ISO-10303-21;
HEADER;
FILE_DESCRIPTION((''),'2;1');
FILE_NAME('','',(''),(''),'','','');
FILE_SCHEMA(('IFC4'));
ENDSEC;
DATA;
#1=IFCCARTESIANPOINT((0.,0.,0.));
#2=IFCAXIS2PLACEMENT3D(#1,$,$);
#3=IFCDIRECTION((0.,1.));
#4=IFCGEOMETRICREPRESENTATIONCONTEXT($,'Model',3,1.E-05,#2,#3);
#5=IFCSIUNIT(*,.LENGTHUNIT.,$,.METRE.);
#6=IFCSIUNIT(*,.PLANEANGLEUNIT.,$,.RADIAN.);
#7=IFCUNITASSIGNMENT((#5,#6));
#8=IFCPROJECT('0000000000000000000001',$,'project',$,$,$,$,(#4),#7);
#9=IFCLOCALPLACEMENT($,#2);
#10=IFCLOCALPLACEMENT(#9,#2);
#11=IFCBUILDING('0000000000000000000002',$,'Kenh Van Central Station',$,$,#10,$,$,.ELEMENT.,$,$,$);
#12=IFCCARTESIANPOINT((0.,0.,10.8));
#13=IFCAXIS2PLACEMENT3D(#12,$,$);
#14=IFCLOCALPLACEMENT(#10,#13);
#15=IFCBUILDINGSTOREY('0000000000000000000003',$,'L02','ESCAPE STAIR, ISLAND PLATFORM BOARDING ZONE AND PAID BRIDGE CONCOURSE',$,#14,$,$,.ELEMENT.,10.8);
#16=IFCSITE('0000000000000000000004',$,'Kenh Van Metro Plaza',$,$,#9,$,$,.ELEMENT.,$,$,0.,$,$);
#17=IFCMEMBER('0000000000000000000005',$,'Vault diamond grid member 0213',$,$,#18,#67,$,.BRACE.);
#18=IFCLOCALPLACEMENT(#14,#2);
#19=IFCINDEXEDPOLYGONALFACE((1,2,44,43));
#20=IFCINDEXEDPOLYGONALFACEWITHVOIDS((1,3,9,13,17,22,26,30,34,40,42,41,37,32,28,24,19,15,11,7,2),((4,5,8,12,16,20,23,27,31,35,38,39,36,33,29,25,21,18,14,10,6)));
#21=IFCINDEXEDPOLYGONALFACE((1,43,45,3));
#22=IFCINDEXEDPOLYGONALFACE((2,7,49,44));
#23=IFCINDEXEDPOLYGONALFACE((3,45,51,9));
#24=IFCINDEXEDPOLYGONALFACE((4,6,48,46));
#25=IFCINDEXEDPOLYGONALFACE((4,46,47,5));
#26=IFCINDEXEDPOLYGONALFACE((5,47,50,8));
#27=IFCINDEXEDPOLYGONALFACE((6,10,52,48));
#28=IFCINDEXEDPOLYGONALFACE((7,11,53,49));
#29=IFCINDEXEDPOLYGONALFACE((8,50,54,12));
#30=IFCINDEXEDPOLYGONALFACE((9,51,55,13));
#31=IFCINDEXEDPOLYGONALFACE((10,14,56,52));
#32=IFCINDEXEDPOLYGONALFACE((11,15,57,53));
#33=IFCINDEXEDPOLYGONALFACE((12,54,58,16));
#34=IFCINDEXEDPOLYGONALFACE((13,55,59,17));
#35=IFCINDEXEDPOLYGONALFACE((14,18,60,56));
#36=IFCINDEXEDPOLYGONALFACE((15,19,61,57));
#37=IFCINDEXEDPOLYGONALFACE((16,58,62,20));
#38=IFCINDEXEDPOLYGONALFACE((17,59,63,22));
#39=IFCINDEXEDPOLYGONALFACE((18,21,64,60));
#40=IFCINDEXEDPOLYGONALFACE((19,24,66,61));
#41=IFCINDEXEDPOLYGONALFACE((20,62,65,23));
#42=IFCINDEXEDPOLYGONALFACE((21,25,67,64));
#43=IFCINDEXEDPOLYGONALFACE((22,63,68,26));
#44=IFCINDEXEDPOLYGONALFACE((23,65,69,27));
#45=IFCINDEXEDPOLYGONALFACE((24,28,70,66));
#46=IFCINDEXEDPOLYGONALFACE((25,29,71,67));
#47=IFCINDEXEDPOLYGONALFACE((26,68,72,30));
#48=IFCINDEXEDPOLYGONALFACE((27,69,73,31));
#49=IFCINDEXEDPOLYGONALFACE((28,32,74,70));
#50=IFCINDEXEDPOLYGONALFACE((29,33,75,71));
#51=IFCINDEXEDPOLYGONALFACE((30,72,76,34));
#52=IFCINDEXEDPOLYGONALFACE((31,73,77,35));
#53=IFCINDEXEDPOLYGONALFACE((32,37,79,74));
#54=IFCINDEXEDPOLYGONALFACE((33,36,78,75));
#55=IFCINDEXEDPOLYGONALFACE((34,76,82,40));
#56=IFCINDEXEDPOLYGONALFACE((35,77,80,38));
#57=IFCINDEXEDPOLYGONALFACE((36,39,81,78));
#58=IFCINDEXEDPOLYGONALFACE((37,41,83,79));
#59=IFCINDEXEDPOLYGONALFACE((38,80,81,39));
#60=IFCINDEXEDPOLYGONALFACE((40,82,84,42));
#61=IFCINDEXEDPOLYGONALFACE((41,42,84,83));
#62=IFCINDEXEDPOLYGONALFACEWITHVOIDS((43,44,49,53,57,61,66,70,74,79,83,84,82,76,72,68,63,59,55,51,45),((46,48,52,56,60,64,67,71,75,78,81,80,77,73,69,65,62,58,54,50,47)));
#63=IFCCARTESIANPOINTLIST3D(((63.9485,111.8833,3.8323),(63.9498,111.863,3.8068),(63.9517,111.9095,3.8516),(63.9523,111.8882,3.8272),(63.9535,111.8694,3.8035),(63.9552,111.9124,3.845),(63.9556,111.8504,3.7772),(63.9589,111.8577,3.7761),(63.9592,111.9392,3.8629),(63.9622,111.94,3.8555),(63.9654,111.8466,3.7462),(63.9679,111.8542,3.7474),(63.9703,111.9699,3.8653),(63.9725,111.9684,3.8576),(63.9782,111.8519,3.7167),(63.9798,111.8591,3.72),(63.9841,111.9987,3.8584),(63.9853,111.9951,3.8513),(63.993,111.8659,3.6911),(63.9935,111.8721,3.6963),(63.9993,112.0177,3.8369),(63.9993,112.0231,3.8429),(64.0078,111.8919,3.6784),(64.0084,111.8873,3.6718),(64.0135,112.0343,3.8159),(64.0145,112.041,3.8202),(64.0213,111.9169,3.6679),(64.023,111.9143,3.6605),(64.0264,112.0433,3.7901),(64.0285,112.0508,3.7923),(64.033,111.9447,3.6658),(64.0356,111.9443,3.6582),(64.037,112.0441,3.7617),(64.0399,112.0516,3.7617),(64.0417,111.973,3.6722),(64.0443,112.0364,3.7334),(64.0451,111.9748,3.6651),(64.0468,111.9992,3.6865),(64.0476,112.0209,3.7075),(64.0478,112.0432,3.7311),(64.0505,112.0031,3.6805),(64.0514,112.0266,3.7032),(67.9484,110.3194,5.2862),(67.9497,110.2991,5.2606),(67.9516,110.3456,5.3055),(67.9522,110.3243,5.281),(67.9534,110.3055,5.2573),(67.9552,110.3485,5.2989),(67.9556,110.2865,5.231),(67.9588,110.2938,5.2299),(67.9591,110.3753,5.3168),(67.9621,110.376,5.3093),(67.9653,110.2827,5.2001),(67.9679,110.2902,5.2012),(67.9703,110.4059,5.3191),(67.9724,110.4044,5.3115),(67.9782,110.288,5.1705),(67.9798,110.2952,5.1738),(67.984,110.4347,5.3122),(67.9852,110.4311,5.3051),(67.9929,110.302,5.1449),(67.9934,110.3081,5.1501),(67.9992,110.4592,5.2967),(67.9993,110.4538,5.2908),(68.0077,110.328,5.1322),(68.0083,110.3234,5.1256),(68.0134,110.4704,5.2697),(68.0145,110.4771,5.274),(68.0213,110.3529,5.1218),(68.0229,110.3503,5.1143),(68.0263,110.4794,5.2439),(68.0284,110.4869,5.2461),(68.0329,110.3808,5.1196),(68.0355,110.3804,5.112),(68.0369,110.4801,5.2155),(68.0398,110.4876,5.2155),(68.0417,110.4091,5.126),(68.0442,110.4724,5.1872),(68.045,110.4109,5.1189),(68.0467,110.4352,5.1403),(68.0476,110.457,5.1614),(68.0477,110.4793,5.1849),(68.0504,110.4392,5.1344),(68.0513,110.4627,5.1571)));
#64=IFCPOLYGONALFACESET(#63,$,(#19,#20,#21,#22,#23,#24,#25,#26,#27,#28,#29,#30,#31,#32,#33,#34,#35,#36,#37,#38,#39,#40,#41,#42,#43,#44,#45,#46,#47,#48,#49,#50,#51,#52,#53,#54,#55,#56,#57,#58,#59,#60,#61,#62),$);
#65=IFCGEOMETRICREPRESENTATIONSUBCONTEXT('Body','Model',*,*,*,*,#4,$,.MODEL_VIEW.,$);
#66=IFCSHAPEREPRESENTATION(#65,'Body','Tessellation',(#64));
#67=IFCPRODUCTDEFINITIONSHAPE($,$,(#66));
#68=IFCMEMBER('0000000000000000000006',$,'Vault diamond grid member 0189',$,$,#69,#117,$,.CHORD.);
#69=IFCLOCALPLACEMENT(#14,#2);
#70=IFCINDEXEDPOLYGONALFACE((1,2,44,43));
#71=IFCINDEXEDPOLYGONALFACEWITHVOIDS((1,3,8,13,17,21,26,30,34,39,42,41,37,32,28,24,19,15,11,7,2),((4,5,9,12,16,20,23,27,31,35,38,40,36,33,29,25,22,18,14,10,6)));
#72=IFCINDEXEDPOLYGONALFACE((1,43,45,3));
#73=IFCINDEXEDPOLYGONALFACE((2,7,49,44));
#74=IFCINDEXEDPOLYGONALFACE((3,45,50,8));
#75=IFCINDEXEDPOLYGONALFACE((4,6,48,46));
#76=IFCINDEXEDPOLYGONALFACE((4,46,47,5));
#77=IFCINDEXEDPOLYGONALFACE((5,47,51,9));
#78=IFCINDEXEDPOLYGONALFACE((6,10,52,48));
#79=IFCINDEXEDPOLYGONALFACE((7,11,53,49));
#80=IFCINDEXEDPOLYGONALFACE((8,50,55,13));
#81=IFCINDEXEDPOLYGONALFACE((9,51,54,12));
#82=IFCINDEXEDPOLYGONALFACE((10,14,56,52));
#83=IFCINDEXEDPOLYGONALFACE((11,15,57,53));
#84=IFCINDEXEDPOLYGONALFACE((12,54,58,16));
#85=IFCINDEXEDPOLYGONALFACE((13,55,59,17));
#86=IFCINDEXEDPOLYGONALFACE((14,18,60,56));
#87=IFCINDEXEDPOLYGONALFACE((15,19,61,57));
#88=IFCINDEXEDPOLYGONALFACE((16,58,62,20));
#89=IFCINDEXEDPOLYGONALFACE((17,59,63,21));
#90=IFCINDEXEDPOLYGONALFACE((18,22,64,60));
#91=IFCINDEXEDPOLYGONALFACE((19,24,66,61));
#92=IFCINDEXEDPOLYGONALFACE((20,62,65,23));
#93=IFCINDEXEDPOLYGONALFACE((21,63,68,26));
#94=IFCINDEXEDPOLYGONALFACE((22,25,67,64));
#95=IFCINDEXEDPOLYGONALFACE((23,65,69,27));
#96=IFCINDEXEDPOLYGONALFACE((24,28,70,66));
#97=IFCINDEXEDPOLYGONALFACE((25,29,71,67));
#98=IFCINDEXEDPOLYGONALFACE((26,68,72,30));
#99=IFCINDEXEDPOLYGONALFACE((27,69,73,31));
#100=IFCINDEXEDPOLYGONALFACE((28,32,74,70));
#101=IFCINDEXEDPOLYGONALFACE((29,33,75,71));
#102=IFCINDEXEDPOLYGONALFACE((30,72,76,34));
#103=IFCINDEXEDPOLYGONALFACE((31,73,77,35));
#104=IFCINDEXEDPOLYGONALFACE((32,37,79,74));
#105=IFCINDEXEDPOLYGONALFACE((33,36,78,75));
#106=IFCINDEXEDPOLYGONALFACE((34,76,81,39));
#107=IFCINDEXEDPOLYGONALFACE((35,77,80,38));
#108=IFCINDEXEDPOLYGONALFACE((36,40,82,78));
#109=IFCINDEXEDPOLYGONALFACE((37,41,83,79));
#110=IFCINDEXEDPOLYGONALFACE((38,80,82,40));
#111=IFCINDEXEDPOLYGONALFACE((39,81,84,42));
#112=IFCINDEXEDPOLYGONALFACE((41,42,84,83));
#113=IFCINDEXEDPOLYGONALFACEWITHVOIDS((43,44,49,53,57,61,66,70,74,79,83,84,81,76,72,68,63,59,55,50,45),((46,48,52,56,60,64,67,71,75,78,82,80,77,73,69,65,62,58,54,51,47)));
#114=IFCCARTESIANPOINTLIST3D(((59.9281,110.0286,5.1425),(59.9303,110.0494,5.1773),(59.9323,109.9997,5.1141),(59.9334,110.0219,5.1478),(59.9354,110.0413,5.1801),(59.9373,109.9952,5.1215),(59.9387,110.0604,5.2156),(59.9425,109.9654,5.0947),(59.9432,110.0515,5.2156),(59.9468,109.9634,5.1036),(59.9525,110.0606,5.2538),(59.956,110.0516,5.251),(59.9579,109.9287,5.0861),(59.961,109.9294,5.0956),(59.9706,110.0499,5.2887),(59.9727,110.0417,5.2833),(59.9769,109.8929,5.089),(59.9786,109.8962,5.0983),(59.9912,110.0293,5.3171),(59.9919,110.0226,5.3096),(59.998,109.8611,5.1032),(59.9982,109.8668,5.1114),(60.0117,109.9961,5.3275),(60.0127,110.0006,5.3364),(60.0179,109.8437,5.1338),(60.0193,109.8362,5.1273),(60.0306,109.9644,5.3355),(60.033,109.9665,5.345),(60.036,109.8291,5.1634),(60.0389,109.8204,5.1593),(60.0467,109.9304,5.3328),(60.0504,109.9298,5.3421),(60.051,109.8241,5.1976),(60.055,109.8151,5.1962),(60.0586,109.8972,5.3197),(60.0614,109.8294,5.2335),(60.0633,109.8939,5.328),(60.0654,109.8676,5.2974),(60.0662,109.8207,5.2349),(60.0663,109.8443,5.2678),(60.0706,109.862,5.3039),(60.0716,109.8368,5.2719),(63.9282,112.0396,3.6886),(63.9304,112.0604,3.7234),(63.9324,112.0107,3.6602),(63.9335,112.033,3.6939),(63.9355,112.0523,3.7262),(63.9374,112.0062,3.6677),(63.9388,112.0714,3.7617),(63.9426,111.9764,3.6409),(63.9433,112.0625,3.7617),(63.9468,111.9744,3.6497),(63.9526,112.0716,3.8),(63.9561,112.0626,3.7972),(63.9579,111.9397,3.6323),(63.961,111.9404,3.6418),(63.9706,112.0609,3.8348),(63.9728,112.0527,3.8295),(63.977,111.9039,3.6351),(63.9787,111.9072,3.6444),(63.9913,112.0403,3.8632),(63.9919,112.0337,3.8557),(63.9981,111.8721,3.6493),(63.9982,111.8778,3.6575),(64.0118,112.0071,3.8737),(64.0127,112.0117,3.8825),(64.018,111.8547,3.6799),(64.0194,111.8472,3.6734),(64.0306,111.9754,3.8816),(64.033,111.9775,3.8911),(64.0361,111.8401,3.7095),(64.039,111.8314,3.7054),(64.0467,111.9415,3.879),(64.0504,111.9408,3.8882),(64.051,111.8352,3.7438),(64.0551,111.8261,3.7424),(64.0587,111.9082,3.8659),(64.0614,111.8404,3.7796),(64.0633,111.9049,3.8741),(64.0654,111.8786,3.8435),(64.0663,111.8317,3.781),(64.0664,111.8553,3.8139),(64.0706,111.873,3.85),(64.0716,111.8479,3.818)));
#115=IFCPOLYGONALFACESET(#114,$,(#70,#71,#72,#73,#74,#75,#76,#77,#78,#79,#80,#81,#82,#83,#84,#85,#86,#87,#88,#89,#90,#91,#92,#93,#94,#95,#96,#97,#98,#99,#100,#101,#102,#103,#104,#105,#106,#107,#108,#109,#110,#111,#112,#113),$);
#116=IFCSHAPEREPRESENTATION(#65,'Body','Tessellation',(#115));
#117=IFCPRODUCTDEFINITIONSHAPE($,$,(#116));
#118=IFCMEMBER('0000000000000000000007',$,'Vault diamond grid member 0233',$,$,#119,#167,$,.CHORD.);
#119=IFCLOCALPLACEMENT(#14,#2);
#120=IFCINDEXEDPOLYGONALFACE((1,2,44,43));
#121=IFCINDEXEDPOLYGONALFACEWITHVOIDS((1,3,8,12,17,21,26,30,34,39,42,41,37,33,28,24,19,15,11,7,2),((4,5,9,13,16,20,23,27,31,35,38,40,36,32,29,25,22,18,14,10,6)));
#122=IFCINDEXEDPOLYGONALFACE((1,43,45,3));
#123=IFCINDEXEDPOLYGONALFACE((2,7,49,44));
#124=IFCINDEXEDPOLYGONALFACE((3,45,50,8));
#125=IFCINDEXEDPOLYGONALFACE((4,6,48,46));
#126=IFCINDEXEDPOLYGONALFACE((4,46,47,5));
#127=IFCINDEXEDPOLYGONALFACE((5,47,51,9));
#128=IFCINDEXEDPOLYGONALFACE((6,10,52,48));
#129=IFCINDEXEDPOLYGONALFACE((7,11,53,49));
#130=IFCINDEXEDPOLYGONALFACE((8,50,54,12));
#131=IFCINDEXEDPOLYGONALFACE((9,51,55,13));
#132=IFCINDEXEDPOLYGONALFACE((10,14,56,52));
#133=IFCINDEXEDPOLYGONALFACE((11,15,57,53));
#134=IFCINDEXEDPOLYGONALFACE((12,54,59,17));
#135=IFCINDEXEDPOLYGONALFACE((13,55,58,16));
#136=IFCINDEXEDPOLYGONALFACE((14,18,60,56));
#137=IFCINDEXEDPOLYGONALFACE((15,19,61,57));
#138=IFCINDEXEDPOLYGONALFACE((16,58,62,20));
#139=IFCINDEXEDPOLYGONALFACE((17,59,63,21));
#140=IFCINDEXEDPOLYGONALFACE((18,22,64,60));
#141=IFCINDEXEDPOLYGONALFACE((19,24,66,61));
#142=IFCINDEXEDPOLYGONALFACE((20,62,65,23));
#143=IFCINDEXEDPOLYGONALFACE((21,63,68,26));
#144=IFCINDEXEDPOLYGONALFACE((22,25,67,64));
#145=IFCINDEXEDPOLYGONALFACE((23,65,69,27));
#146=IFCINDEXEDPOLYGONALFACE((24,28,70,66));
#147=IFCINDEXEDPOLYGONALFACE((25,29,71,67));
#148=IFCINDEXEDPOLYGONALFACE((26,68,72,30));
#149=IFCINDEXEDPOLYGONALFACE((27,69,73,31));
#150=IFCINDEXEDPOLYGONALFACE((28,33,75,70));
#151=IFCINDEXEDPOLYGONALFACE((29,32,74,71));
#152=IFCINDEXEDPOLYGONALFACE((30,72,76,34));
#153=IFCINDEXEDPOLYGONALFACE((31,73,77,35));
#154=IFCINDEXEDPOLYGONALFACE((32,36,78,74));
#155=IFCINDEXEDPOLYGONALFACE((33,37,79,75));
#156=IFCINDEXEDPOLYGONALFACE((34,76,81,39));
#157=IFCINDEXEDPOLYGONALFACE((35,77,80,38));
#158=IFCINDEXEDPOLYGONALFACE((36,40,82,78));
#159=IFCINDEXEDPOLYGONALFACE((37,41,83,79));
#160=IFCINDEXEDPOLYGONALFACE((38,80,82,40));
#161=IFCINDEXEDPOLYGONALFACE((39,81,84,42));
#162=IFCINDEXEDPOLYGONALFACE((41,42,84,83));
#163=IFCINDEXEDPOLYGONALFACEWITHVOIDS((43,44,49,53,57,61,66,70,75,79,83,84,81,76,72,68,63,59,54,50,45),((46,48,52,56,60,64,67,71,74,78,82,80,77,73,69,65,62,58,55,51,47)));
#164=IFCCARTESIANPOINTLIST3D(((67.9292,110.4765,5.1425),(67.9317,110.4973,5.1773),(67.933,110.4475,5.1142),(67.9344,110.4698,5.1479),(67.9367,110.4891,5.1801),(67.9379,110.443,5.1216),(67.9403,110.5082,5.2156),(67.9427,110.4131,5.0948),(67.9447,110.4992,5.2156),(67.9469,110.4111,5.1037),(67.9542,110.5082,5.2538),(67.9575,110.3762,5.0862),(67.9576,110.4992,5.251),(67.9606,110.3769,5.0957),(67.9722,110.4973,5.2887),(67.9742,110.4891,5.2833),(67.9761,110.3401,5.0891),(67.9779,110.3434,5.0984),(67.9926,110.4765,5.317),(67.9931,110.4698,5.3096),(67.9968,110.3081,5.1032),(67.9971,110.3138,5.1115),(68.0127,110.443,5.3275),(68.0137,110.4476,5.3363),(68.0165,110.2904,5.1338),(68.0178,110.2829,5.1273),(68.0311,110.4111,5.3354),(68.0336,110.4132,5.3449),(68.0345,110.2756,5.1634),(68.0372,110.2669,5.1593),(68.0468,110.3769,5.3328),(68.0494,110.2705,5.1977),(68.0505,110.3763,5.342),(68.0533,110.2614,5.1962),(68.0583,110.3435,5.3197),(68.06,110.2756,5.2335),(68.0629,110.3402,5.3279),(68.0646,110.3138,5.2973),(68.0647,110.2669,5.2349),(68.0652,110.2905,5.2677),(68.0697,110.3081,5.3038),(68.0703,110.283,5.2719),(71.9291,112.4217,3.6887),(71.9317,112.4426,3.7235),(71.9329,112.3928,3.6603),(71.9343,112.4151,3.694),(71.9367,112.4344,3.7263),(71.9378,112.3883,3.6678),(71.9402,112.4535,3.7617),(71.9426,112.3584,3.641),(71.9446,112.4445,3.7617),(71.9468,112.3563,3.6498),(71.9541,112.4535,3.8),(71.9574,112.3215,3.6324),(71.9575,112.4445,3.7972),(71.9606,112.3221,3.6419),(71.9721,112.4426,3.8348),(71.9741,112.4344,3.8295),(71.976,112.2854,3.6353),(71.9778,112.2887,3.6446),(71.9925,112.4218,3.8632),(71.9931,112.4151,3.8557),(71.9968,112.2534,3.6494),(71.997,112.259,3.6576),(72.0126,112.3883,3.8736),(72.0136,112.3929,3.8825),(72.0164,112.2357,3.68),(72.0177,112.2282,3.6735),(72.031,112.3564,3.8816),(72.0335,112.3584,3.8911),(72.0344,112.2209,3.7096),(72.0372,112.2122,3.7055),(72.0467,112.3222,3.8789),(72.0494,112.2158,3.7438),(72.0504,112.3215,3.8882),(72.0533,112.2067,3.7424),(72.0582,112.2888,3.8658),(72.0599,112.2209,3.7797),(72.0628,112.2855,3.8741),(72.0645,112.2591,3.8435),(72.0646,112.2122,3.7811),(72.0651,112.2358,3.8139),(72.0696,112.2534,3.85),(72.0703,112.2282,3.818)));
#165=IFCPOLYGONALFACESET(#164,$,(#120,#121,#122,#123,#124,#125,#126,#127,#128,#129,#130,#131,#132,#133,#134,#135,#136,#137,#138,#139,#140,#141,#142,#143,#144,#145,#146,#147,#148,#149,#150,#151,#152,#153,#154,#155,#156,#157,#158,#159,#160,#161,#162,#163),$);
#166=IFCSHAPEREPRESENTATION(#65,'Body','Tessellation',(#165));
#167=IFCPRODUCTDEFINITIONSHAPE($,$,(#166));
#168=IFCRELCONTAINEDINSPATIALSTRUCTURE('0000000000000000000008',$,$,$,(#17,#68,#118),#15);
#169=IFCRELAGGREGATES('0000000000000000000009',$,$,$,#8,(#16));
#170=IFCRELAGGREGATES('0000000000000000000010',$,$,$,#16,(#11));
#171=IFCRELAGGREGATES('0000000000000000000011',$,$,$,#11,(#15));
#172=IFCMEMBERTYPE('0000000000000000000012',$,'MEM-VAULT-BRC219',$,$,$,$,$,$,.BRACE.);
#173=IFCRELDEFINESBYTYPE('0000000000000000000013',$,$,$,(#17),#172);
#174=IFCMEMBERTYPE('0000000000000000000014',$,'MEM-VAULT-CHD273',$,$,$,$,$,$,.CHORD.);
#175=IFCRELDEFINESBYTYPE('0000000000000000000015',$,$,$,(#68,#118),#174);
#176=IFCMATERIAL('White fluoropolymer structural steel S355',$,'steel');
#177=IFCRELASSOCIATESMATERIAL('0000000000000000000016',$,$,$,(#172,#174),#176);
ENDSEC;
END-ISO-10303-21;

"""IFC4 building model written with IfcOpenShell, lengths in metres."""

from ifc_helpers import new_model, si_unit, direction, frame, origin, origin_2d, place, context, subcontext, project, spatial, hollow_circle, extrude, material, material_profile, profile_set, type_object, element, save


model = new_model("IFC4")

# Units and contexts
model_context = context("Model", 3, precision=1e-05, world=origin(), true_north=direction((0.0, 1.0)))
body_context = subcontext(model_context, "Body", "Model", "MODEL_VIEW")
ifc_project = project(units=[si_unit("LENGTHUNIT", "METRE"), si_unit("PLANEANGLEUNIT", "RADIAN")], contexts=[model_context])

# Site, building, storey
site_placement = place(None, origin())
site = spatial("IfcSite", under=ifc_project, at=site_placement, Name="Kenh Van Metro Plaza", CompositionType="ELEMENT", RefElevation=0.0)
building_placement = place(site_placement, origin())
building = spatial("IfcBuilding", under=site, at=building_placement, Name="Kenh Van Central Station", CompositionType="ELEMENT")
storey_placement = place(building_placement, frame((0.0, 0.0, 10.8)))
storey = spatial("IfcBuildingStorey", under=building, at=storey_placement, Name="L02", Description="ESCAPE STAIR, ISLAND PLATFORM BOARDING ZONE AND PAID BRIDGE CONCOURSE", CompositionType="ELEMENT", Elevation=10.8)

# Shared definitions
ifc_material_1 = material(Name="White fluoropolymer structural steel S355", Category="steel")

# Members
ifc_material_profile_1 = material_profile(ifc_material_1, hollow_circle(Radius=0.1096, WallThickness=0.0081, at=origin_2d()), Name="CHS 219.1x8")
ifc_profile_set_1 = profile_set([ifc_material_profile_1], Name="White fluoropolymer structural steel S355")
member_type_1 = type_object("IfcMemberType", Name="MEM-VAULT-BRC219", PredefinedType="BRACE", material=ifc_profile_set_1)
member_1_placement = place(storey_placement, frame((64.0, 111.9495, 3.7617), z_axis=(0.882169, -0.34492, 0.320637), x_axis=(0.364146, 0.931342, 0.0)))
element("IfcMember", 1, at=member_1_placement, inside=storey, type_object=member_type_1, Name="Vault diamond grid member 0213", PredefinedType="BRACE", context=body_context, shape_type="SweptSolid", body=[
    extrude(hollow_circle(Radius=0.1096, WallThickness=0.0081, at=origin_2d()), origin(), (0.0, 0.0, 1.0), 4.5342),
])
ifc_material_profile_2 = material_profile(ifc_material_1, hollow_circle(Radius=0.1365, WallThickness=0.01, at=origin_2d()), Name="CHS 273x10")
ifc_profile_set_2 = profile_set([ifc_material_profile_2], Name="White fluoropolymer structural steel S355")
member_type_2 = type_object("IfcMemberType", Name="MEM-VAULT-CHD273", PredefinedType="CHORD", material=ifc_profile_set_2)
member_2_placement = place(storey_placement, frame((60.0, 109.9385, 5.2156), z_axis=(0.849761, 0.427215, -0.308858), x_axis=(-0.449176, 0.893443, 0.0)))
element("IfcMember", 2, at=member_2_placement, inside=storey, type_object=member_type_2, Name="Vault diamond grid member 0189", PredefinedType="CHORD", context=body_context, shape_type="SweptSolid", body=[
    extrude(hollow_circle(Radius=0.1365, WallThickness=0.01, at=origin_2d()), origin(), (0.0, 0.0, 1.0), 4.7073),
])
member_3_placement = place(storey_placement, frame((68.0, 110.3855, 5.2156), z_axis=(0.854788, 0.415707, -0.310685), x_axis=(-0.437351, 0.899291, 0.0)))
element("IfcMember", 3, at=member_3_placement, inside=storey, type_object=member_type_2, Name="Vault diamond grid member 0233", PredefinedType="CHORD", context=body_context, shape_type="SweptSolid", body=[
    extrude(hollow_circle(Radius=0.1365, WallThickness=0.01, at=origin_2d()), origin(), (0.0, 0.0, 1.0), 4.6794),
])

save(model, "model.ifc")
